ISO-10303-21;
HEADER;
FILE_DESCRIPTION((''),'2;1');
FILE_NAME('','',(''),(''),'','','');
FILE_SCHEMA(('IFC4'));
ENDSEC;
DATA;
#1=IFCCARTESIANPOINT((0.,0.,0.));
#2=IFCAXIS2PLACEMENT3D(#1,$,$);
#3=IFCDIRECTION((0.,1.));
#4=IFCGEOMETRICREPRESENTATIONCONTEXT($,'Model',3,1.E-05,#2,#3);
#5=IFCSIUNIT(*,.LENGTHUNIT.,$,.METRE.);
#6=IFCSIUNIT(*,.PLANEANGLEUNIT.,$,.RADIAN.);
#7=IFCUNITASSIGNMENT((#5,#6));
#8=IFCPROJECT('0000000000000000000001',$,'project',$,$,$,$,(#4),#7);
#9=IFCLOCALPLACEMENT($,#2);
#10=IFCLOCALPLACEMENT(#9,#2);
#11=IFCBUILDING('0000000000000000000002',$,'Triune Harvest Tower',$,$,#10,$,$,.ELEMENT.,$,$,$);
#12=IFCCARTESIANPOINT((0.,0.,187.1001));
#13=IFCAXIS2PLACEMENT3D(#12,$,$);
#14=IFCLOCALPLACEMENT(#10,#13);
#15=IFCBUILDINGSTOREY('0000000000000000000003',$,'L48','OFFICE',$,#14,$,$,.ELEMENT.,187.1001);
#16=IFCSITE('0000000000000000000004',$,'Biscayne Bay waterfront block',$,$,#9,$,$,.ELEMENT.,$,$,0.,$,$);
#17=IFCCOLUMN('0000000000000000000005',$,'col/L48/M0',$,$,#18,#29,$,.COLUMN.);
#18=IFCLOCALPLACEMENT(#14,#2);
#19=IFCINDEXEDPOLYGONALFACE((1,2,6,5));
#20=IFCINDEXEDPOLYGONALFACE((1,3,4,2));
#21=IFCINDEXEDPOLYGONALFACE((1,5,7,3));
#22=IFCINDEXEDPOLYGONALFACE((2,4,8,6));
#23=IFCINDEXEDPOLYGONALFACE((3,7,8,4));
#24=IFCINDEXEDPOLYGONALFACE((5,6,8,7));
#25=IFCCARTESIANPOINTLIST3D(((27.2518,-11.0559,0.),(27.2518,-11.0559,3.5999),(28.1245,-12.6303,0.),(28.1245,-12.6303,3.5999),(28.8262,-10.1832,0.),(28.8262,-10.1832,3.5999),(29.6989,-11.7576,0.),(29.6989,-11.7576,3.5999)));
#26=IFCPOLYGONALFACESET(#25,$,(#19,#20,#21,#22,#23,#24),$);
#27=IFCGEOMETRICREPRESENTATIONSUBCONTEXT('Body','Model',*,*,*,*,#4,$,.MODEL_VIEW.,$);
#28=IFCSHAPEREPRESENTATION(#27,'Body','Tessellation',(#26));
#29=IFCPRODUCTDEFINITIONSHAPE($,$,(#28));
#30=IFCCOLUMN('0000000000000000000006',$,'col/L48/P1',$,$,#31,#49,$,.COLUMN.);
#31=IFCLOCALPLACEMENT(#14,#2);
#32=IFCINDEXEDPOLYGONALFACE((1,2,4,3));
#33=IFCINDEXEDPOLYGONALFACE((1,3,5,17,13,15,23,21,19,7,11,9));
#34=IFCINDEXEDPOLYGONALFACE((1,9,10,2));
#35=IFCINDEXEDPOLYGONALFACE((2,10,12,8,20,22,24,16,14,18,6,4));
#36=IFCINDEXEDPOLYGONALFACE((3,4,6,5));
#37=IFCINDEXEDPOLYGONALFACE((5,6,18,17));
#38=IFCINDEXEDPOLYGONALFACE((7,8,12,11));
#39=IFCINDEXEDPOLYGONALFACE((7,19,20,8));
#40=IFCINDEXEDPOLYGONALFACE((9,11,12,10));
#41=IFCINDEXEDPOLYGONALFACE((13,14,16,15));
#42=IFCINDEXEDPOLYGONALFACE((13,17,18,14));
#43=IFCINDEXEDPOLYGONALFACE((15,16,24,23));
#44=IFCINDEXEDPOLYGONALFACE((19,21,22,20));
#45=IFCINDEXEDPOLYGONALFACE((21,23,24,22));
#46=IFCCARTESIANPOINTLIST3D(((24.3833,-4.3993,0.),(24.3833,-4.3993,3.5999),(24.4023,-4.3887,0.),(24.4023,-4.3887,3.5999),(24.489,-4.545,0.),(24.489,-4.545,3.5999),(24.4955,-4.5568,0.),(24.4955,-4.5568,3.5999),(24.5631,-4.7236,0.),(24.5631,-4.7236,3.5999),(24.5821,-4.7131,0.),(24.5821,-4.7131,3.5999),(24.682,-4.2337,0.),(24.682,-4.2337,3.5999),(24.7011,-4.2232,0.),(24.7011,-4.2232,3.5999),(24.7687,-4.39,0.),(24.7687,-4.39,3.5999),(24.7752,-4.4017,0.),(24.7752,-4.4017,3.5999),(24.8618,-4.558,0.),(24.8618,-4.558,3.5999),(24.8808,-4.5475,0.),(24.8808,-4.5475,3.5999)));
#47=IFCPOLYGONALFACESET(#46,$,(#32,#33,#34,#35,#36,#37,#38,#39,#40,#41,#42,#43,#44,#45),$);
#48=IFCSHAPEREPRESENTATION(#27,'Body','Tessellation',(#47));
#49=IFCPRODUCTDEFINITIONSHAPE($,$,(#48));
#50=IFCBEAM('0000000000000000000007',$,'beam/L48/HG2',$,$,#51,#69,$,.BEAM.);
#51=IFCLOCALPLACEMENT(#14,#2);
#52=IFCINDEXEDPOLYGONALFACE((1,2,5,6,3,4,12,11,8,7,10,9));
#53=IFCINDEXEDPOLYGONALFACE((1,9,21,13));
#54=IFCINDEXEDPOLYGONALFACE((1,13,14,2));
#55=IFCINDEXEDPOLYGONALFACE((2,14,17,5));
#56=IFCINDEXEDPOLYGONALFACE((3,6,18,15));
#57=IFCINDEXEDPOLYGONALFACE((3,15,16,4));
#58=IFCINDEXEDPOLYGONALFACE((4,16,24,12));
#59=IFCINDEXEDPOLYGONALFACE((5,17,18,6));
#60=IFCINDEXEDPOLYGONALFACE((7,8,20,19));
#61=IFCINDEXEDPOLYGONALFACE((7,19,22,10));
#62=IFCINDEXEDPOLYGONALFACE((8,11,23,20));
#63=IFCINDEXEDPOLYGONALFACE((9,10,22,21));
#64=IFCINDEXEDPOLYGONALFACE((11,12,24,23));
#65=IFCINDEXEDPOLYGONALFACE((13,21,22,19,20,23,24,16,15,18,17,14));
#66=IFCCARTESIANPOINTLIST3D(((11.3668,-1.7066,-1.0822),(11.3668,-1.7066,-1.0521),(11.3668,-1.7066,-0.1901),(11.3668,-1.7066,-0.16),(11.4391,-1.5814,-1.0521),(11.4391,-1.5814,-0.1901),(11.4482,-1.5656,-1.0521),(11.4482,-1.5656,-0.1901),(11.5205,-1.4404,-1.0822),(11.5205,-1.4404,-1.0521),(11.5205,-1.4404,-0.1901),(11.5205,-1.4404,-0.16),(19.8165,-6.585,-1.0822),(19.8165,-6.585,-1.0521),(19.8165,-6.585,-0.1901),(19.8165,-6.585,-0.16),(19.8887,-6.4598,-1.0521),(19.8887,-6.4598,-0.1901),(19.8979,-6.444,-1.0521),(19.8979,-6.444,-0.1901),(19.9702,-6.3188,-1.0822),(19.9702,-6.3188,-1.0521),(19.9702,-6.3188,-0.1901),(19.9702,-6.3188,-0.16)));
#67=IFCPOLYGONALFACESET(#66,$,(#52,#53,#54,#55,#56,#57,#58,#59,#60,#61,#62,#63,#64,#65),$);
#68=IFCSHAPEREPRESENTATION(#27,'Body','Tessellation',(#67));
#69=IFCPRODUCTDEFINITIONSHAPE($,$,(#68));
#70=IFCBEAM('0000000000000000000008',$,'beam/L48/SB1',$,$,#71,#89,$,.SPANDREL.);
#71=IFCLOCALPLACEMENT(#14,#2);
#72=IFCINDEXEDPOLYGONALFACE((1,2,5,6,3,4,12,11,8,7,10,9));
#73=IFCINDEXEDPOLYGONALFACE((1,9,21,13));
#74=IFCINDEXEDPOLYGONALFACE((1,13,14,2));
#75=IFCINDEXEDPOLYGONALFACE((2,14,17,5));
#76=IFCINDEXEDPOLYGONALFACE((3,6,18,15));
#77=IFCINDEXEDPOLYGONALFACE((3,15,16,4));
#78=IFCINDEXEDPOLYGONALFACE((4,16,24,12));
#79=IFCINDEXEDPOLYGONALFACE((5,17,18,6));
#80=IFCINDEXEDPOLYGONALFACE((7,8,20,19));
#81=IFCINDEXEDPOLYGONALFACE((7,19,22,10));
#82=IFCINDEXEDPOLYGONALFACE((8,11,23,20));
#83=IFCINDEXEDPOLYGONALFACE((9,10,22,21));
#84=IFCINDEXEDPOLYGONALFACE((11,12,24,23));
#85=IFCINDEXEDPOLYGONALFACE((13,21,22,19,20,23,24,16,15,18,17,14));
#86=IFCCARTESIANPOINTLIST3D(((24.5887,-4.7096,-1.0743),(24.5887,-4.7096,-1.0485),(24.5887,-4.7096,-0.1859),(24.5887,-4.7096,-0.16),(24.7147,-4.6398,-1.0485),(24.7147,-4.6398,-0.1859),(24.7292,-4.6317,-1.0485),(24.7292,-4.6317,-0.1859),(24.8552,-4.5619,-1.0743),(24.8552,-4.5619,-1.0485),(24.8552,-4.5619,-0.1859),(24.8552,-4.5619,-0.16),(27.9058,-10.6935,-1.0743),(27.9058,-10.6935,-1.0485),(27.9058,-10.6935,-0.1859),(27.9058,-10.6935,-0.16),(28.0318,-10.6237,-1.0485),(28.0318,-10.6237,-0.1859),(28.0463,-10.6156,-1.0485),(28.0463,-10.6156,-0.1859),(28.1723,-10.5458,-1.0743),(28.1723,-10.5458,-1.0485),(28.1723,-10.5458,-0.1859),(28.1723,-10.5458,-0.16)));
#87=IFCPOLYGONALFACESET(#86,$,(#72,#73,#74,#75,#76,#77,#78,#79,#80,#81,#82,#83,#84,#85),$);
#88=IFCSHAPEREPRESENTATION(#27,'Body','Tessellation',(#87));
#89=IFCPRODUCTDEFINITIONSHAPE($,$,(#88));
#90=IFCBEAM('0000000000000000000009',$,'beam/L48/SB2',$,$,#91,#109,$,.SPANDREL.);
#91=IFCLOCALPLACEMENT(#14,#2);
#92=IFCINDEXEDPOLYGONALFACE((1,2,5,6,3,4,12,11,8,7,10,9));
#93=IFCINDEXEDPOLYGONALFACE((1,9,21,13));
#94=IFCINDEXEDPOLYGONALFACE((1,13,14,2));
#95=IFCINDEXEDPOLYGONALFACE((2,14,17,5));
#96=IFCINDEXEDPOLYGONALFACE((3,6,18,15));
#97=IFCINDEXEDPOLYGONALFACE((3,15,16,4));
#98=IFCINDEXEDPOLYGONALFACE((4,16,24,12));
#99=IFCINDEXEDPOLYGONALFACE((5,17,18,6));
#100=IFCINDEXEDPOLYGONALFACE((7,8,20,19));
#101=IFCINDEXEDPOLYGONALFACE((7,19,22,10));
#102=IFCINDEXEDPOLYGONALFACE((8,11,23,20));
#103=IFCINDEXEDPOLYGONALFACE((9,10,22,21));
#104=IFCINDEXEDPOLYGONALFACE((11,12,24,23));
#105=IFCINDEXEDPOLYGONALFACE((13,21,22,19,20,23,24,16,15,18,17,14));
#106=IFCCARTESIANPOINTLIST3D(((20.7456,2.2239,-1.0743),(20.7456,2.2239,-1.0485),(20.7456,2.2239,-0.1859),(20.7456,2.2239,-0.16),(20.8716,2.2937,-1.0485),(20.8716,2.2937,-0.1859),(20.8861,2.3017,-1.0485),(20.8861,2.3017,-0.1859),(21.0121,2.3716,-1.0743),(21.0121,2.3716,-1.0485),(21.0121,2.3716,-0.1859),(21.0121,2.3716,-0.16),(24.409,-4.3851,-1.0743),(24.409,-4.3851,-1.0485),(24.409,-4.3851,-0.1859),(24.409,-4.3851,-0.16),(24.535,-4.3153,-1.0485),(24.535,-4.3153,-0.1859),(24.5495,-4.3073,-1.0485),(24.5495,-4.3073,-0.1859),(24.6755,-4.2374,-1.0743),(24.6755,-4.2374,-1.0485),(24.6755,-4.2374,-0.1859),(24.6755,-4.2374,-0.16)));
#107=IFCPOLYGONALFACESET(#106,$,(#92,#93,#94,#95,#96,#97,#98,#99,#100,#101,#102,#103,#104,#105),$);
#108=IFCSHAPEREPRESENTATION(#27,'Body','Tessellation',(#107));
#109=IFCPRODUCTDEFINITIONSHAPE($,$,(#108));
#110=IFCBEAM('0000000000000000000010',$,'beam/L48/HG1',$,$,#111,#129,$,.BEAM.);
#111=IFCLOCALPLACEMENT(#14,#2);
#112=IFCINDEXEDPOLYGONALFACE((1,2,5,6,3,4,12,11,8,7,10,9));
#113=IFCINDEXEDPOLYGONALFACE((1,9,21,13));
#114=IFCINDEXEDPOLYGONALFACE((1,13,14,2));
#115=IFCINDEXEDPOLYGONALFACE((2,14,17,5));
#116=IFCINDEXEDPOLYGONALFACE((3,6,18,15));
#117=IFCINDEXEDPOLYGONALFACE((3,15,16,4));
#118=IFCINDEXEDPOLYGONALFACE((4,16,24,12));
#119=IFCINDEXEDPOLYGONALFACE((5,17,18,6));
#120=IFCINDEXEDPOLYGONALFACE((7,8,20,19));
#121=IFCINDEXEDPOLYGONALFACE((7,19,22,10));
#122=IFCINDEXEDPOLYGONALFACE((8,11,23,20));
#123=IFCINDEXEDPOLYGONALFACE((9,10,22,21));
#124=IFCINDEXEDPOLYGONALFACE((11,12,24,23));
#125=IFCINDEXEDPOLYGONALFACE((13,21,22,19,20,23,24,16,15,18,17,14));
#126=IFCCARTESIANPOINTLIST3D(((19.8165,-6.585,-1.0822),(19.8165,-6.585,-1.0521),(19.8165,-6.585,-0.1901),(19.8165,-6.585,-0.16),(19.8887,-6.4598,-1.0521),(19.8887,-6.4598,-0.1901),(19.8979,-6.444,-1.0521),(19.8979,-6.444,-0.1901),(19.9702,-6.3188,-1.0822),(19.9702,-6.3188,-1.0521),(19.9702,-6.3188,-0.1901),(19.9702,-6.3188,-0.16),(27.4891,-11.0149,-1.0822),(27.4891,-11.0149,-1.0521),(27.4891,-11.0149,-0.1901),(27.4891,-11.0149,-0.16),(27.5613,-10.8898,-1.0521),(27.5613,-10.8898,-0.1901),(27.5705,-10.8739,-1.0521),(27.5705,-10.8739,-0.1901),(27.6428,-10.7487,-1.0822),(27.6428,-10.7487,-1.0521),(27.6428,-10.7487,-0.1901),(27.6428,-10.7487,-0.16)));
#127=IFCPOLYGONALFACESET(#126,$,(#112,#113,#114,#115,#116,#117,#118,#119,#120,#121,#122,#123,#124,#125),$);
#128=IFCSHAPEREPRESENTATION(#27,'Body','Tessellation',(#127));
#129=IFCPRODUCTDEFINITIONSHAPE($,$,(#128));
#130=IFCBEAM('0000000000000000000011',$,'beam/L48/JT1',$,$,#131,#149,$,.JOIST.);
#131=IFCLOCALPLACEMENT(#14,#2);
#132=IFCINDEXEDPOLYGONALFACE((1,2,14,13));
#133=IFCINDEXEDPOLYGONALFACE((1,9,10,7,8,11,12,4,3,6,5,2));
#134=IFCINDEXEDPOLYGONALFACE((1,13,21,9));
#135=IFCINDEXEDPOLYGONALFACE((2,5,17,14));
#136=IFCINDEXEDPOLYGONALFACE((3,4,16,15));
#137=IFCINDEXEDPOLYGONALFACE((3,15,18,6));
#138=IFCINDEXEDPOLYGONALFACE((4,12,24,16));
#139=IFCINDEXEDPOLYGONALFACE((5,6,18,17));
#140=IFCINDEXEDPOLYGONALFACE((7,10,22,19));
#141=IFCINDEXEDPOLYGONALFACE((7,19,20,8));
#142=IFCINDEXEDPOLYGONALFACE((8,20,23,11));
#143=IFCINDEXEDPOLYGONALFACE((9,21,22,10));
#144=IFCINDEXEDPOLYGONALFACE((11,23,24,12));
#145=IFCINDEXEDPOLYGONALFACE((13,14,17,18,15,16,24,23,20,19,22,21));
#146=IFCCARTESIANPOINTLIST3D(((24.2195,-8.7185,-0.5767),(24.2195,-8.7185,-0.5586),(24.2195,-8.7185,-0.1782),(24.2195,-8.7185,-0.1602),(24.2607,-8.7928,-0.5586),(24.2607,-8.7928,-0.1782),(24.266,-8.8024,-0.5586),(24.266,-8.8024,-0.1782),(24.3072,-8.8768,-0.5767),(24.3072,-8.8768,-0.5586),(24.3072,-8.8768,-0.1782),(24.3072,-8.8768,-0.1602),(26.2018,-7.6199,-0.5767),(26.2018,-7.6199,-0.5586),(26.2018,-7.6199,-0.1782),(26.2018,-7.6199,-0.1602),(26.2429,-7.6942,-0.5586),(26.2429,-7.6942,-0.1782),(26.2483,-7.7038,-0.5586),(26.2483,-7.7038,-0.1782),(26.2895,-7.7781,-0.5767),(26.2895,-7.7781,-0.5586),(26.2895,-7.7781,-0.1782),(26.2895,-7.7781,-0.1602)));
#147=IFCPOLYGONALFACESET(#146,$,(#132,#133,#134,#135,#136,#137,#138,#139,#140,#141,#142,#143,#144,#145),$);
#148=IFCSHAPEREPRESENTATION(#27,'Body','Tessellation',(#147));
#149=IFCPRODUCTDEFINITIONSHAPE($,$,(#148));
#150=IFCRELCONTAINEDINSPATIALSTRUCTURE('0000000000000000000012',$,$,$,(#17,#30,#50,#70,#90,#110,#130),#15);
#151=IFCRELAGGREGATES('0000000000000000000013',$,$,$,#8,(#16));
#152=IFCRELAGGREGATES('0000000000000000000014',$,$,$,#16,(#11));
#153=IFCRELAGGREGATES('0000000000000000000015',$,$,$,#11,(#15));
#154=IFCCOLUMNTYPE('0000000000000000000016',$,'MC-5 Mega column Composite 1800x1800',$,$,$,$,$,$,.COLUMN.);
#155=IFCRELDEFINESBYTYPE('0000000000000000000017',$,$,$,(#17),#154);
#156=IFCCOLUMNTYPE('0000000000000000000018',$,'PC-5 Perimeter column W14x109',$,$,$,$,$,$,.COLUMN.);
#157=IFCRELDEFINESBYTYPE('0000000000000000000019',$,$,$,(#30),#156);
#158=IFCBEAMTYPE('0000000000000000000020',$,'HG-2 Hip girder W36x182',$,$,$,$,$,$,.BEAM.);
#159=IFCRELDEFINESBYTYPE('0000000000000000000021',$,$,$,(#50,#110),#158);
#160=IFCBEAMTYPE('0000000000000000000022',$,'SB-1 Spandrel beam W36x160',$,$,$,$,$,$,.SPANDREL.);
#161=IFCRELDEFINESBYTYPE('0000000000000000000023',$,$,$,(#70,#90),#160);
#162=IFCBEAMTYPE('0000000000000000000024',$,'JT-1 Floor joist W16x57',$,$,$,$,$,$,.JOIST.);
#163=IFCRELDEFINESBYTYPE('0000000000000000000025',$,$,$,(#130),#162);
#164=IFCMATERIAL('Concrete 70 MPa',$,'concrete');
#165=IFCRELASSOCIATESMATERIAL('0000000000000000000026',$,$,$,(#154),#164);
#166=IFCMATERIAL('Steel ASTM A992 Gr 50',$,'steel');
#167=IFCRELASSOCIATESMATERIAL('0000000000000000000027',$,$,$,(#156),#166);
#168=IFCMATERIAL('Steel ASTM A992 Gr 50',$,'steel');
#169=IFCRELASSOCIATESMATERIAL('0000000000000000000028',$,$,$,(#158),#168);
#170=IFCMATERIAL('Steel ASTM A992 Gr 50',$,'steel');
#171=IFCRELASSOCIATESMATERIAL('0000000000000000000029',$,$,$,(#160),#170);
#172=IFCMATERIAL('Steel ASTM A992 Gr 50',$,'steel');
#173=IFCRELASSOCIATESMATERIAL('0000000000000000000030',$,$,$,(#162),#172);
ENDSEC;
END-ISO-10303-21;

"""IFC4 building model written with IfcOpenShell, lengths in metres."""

from ifc_helpers import new_model, si_unit, direction, frame, origin, origin_2d, place, context, subcontext, project, spatial, rectangle, i_section, extrude, source, transform, mapped, material, material_profile, profile_set, type_object, element, save


model = new_model("IFC4")

# Units and contexts
model_context = context("Model", 3, precision=1e-05, world=origin(), true_north=direction((0.0, 1.0)))
body_context = subcontext(model_context, "Body", "Model", "MODEL_VIEW")
ifc_project = project(units=[si_unit("LENGTHUNIT", "METRE"), si_unit("PLANEANGLEUNIT", "RADIAN")], contexts=[model_context])

# Site, building, storey
site_placement = place(None, origin())
site = spatial("IfcSite", under=ifc_project, at=site_placement, Name="Biscayne Bay waterfront block", CompositionType="ELEMENT", RefElevation=0.0)
building_placement = place(site_placement, origin())
building = spatial("IfcBuilding", under=site, at=building_placement, Name="Triune Harvest Tower", CompositionType="ELEMENT")
storey_placement = place(building_placement, frame((0.0, 0.0, 187.1001)))
storey = spatial("IfcBuildingStorey", under=building, at=storey_placement, Name="L48", Description="OFFICE", CompositionType="ELEMENT", Elevation=187.1001)

# Columns
ifc_material_1 = material(Name="Concrete 70 MPa", Category="concrete")
ifc_material_profile_1 = material_profile(ifc_material_1, rectangle(XDim=1.8, YDim=1.8, at=origin_2d()), Name="Composite 1800x1800")
ifc_profile_set_1 = profile_set([ifc_material_profile_1], Name="Concrete 70 MPa")
column_type_1 = type_object("IfcColumnType", Name="MC-5 Mega column Composite 1800x1800", PredefinedType="COLUMN", material=ifc_profile_set_1)
shared_shape_1 = source(origin(), body_context, "Body", "SweptSolid", [
    extrude(rectangle(XDim=1.8, YDim=1.8, at=origin_2d()), origin(), (0.0, 0.0, 1.0), 3.5999),
])
column_1_placement = place(storey_placement, frame((28.4753, -11.4067, 0.0), z_axis=(0.0, 0.0, 1.0), x_axis=(-0.48481, 0.87462, 0.0)))
element("IfcColumn", 1, at=column_1_placement, inside=storey, type_object=column_type_1, Name="col/L48/M0", PredefinedType="COLUMN", context=body_context, shape_type="MappedRepresentation", body=[
    mapped(shared_shape_1, transform((0.0, 0.0, 0.0), scale=1.0)),
])
ifc_material_2 = material(Name="Steel ASTM A992 Gr 50", Category="steel")
ifc_material_profile_2 = material_profile(ifc_material_2, i_section(OverallWidth=0.3708, OverallDepth=0.3633, WebThickness=0.0134, FlangeThickness=0.0217, at=origin_2d()), Name="W14x109")
ifc_profile_set_2 = profile_set([ifc_material_profile_2], Name="Steel ASTM A992 Gr 50")
column_type_2 = type_object("IfcColumnType", Name="PC-5 Perimeter column W14x109", PredefinedType="COLUMN", material=ifc_profile_set_2)
shared_shape_2 = source(origin(), body_context, "Body", "SweptSolid", [
    extrude(i_section(OverallWidth=0.3708, OverallDepth=0.3633, WebThickness=0.0134, FlangeThickness=0.0217, at=origin_2d()), origin(), (0.0, 0.0, 1.0), 3.5999),
])
column_2_placement = place(storey_placement, frame((24.6321, -4.4734, 0.0), z_axis=(0.0, 0.0, 1.0), x_axis=(-0.48481, 0.87462, 0.0)))
element("IfcColumn", 2, at=column_2_placement, inside=storey, type_object=column_type_2, Name="col/L48/P1", PredefinedType="COLUMN", context=body_context, shape_type="MappedRepresentation", body=[
    mapped(shared_shape_2, transform((0.0, 0.0, 0.0), scale=1.0)),
])

# Beams
ifc_material_3 = material(Name="Steel ASTM A992 Gr 50", Category="steel")
ifc_material_profile_3 = material_profile(ifc_material_3, i_section(OverallWidth=0.3074, OverallDepth=0.9221, WebThickness=0.0183, FlangeThickness=0.03, at=origin_2d()), Name="W36x182")
ifc_profile_set_3 = profile_set([ifc_material_profile_3], Name="Steel ASTM A992 Gr 50")
beam_type_1 = type_object("IfcBeamType", Name="HG-2 Hip girder W36x182", PredefinedType="BEAM", material=ifc_profile_set_3)
shared_shape_3 = source(origin(), body_context, "Body", "SweptSolid", [
    extrude(i_section(OverallWidth=0.3074, OverallDepth=0.9221, WebThickness=0.0183, FlangeThickness=0.03, at=origin_2d()), origin(), (0.0, 0.0, 1.0), 9.7568),
])
beam_1_placement = place(storey_placement, frame((19.8933, -6.4519, -0.6211), z_axis=(-0.866026, 0.499998, 0.0), x_axis=(-0.499998, -0.866026, 0.0)))
element("IfcBeam", 3, at=beam_1_placement, inside=storey, type_object=beam_type_1, Name="beam/L48/HG2", PredefinedType="BEAM", context=body_context, shape_type="MappedRepresentation", body=[
    mapped(shared_shape_3, transform((0.0, 0.0, 0.0), scale=1.0)),
])
ifc_material_4 = material(Name="Steel ASTM A992 Gr 50", Category="steel")
ifc_material_profile_4 = material_profile(ifc_material_4, i_section(OverallWidth=0.3047, OverallDepth=0.9143, WebThickness=0.0166, FlangeThickness=0.0259, at=origin_2d()), Name="W36x160")
ifc_profile_set_4 = profile_set([ifc_material_profile_4], Name="Steel ASTM A992 Gr 50")
beam_type_2 = type_object("IfcBeamType", Name="SB-1 Spandrel beam W36x160", PredefinedType="SPANDREL", material=ifc_profile_set_4)
shared_shape_4 = source(origin(), body_context, "Body", "SweptSolid", [
    extrude(i_section(OverallWidth=0.3047, OverallDepth=0.9143, WebThickness=0.0166, FlangeThickness=0.0259, at=origin_2d()), origin(), (0.0, 0.0, 1.0), 6.8418),
])
beam_2_placement = place(storey_placement, frame((28.0391, -10.6196, -0.6172), z_axis=(-0.484834, 0.874606, 0.0), x_axis=(-0.874606, -0.484834, 0.0)))
element("IfcBeam", 4, at=beam_2_placement, inside=storey, type_object=beam_type_2, Name="beam/L48/SB1", PredefinedType="SPANDREL", context=body_context, shape_type="MappedRepresentation", body=[
    mapped(shared_shape_4, transform((0.0, 0.0, 0.0), scale=1.0)),
])
shared_shape_5 = source(origin(), body_context, "Body", "SweptSolid", [
    extrude(i_section(OverallWidth=0.3047, OverallDepth=0.9143, WebThickness=0.0166, FlangeThickness=0.0259, at=origin_2d()), origin(), (0.0, 0.0, 1.0), 7.5564),
])
beam_3_placement = place(storey_placement, frame((24.5422, -4.3113, -0.6172), z_axis=(-0.484806, 0.874622, 0.0), x_axis=(-0.874622, -0.484806, 0.0)))
element("IfcBeam", 5, at=beam_3_placement, inside=storey, type_object=beam_type_2, Name="beam/L48/SB2", PredefinedType="SPANDREL", context=body_context, shape_type="MappedRepresentation", body=[
    mapped(shared_shape_5, transform((0.0, 0.0, 0.0), scale=1.0)),
])
shared_shape_6 = source(origin(), body_context, "Body", "SweptSolid", [
    extrude(i_section(OverallWidth=0.3074, OverallDepth=0.9221, WebThickness=0.0183, FlangeThickness=0.03, at=origin_2d()), origin(), (0.0, 0.0, 1.0), 8.8596),
])
beam_4_placement = place(storey_placement, frame((27.5659, -10.8818, -0.6211), z_axis=(-0.866018, 0.500013, 0.0), x_axis=(-0.500013, -0.866018, 0.0)))
element("IfcBeam", 6, at=beam_4_placement, inside=storey, type_object=beam_type_1, Name="beam/L48/HG1", PredefinedType="BEAM", context=body_context, shape_type="MappedRepresentation", body=[
    mapped(shared_shape_6, transform((0.0, 0.0, 0.0), scale=1.0)),
])
ifc_material_5 = material(Name="Steel ASTM A992 Gr 50", Category="steel")
ifc_material_profile_5 = material_profile(ifc_material_5, i_section(OverallWidth=0.1809, OverallDepth=0.4165, WebThickness=0.011, FlangeThickness=0.0181, at=origin_2d()), Name="W16x57")
ifc_profile_set_5 = profile_set([ifc_material_profile_5], Name="Steel ASTM A992 Gr 50")
beam_type_3 = type_object("IfcBeamType", Name="JT-1 Floor joist W16x57", PredefinedType="JOIST", material=ifc_profile_set_5)
shared_shape_7 = source(origin(), body_context, "Body", "SweptSolid", [
    extrude(i_section(OverallWidth=0.1809, OverallDepth=0.4165, WebThickness=0.011, FlangeThickness=0.0181, at=origin_2d()), origin(), (0.0, 0.0, 1.0), 2.2664),
])
beam_5_placement = place(storey_placement, frame((26.2456, -7.699, -0.3684), z_axis=(-0.87464, -0.484774, 0.0), x_axis=(0.484774, -0.87464, 0.0)))
element("IfcBeam", 7, at=beam_5_placement, inside=storey, type_object=beam_type_3, Name="beam/L48/JT1", PredefinedType="JOIST", context=body_context, shape_type="MappedRepresentation", body=[
    mapped(shared_shape_7, transform((0.0, 0.0, 0.0), scale=1.0)),
])

save(model, "model.ifc")
